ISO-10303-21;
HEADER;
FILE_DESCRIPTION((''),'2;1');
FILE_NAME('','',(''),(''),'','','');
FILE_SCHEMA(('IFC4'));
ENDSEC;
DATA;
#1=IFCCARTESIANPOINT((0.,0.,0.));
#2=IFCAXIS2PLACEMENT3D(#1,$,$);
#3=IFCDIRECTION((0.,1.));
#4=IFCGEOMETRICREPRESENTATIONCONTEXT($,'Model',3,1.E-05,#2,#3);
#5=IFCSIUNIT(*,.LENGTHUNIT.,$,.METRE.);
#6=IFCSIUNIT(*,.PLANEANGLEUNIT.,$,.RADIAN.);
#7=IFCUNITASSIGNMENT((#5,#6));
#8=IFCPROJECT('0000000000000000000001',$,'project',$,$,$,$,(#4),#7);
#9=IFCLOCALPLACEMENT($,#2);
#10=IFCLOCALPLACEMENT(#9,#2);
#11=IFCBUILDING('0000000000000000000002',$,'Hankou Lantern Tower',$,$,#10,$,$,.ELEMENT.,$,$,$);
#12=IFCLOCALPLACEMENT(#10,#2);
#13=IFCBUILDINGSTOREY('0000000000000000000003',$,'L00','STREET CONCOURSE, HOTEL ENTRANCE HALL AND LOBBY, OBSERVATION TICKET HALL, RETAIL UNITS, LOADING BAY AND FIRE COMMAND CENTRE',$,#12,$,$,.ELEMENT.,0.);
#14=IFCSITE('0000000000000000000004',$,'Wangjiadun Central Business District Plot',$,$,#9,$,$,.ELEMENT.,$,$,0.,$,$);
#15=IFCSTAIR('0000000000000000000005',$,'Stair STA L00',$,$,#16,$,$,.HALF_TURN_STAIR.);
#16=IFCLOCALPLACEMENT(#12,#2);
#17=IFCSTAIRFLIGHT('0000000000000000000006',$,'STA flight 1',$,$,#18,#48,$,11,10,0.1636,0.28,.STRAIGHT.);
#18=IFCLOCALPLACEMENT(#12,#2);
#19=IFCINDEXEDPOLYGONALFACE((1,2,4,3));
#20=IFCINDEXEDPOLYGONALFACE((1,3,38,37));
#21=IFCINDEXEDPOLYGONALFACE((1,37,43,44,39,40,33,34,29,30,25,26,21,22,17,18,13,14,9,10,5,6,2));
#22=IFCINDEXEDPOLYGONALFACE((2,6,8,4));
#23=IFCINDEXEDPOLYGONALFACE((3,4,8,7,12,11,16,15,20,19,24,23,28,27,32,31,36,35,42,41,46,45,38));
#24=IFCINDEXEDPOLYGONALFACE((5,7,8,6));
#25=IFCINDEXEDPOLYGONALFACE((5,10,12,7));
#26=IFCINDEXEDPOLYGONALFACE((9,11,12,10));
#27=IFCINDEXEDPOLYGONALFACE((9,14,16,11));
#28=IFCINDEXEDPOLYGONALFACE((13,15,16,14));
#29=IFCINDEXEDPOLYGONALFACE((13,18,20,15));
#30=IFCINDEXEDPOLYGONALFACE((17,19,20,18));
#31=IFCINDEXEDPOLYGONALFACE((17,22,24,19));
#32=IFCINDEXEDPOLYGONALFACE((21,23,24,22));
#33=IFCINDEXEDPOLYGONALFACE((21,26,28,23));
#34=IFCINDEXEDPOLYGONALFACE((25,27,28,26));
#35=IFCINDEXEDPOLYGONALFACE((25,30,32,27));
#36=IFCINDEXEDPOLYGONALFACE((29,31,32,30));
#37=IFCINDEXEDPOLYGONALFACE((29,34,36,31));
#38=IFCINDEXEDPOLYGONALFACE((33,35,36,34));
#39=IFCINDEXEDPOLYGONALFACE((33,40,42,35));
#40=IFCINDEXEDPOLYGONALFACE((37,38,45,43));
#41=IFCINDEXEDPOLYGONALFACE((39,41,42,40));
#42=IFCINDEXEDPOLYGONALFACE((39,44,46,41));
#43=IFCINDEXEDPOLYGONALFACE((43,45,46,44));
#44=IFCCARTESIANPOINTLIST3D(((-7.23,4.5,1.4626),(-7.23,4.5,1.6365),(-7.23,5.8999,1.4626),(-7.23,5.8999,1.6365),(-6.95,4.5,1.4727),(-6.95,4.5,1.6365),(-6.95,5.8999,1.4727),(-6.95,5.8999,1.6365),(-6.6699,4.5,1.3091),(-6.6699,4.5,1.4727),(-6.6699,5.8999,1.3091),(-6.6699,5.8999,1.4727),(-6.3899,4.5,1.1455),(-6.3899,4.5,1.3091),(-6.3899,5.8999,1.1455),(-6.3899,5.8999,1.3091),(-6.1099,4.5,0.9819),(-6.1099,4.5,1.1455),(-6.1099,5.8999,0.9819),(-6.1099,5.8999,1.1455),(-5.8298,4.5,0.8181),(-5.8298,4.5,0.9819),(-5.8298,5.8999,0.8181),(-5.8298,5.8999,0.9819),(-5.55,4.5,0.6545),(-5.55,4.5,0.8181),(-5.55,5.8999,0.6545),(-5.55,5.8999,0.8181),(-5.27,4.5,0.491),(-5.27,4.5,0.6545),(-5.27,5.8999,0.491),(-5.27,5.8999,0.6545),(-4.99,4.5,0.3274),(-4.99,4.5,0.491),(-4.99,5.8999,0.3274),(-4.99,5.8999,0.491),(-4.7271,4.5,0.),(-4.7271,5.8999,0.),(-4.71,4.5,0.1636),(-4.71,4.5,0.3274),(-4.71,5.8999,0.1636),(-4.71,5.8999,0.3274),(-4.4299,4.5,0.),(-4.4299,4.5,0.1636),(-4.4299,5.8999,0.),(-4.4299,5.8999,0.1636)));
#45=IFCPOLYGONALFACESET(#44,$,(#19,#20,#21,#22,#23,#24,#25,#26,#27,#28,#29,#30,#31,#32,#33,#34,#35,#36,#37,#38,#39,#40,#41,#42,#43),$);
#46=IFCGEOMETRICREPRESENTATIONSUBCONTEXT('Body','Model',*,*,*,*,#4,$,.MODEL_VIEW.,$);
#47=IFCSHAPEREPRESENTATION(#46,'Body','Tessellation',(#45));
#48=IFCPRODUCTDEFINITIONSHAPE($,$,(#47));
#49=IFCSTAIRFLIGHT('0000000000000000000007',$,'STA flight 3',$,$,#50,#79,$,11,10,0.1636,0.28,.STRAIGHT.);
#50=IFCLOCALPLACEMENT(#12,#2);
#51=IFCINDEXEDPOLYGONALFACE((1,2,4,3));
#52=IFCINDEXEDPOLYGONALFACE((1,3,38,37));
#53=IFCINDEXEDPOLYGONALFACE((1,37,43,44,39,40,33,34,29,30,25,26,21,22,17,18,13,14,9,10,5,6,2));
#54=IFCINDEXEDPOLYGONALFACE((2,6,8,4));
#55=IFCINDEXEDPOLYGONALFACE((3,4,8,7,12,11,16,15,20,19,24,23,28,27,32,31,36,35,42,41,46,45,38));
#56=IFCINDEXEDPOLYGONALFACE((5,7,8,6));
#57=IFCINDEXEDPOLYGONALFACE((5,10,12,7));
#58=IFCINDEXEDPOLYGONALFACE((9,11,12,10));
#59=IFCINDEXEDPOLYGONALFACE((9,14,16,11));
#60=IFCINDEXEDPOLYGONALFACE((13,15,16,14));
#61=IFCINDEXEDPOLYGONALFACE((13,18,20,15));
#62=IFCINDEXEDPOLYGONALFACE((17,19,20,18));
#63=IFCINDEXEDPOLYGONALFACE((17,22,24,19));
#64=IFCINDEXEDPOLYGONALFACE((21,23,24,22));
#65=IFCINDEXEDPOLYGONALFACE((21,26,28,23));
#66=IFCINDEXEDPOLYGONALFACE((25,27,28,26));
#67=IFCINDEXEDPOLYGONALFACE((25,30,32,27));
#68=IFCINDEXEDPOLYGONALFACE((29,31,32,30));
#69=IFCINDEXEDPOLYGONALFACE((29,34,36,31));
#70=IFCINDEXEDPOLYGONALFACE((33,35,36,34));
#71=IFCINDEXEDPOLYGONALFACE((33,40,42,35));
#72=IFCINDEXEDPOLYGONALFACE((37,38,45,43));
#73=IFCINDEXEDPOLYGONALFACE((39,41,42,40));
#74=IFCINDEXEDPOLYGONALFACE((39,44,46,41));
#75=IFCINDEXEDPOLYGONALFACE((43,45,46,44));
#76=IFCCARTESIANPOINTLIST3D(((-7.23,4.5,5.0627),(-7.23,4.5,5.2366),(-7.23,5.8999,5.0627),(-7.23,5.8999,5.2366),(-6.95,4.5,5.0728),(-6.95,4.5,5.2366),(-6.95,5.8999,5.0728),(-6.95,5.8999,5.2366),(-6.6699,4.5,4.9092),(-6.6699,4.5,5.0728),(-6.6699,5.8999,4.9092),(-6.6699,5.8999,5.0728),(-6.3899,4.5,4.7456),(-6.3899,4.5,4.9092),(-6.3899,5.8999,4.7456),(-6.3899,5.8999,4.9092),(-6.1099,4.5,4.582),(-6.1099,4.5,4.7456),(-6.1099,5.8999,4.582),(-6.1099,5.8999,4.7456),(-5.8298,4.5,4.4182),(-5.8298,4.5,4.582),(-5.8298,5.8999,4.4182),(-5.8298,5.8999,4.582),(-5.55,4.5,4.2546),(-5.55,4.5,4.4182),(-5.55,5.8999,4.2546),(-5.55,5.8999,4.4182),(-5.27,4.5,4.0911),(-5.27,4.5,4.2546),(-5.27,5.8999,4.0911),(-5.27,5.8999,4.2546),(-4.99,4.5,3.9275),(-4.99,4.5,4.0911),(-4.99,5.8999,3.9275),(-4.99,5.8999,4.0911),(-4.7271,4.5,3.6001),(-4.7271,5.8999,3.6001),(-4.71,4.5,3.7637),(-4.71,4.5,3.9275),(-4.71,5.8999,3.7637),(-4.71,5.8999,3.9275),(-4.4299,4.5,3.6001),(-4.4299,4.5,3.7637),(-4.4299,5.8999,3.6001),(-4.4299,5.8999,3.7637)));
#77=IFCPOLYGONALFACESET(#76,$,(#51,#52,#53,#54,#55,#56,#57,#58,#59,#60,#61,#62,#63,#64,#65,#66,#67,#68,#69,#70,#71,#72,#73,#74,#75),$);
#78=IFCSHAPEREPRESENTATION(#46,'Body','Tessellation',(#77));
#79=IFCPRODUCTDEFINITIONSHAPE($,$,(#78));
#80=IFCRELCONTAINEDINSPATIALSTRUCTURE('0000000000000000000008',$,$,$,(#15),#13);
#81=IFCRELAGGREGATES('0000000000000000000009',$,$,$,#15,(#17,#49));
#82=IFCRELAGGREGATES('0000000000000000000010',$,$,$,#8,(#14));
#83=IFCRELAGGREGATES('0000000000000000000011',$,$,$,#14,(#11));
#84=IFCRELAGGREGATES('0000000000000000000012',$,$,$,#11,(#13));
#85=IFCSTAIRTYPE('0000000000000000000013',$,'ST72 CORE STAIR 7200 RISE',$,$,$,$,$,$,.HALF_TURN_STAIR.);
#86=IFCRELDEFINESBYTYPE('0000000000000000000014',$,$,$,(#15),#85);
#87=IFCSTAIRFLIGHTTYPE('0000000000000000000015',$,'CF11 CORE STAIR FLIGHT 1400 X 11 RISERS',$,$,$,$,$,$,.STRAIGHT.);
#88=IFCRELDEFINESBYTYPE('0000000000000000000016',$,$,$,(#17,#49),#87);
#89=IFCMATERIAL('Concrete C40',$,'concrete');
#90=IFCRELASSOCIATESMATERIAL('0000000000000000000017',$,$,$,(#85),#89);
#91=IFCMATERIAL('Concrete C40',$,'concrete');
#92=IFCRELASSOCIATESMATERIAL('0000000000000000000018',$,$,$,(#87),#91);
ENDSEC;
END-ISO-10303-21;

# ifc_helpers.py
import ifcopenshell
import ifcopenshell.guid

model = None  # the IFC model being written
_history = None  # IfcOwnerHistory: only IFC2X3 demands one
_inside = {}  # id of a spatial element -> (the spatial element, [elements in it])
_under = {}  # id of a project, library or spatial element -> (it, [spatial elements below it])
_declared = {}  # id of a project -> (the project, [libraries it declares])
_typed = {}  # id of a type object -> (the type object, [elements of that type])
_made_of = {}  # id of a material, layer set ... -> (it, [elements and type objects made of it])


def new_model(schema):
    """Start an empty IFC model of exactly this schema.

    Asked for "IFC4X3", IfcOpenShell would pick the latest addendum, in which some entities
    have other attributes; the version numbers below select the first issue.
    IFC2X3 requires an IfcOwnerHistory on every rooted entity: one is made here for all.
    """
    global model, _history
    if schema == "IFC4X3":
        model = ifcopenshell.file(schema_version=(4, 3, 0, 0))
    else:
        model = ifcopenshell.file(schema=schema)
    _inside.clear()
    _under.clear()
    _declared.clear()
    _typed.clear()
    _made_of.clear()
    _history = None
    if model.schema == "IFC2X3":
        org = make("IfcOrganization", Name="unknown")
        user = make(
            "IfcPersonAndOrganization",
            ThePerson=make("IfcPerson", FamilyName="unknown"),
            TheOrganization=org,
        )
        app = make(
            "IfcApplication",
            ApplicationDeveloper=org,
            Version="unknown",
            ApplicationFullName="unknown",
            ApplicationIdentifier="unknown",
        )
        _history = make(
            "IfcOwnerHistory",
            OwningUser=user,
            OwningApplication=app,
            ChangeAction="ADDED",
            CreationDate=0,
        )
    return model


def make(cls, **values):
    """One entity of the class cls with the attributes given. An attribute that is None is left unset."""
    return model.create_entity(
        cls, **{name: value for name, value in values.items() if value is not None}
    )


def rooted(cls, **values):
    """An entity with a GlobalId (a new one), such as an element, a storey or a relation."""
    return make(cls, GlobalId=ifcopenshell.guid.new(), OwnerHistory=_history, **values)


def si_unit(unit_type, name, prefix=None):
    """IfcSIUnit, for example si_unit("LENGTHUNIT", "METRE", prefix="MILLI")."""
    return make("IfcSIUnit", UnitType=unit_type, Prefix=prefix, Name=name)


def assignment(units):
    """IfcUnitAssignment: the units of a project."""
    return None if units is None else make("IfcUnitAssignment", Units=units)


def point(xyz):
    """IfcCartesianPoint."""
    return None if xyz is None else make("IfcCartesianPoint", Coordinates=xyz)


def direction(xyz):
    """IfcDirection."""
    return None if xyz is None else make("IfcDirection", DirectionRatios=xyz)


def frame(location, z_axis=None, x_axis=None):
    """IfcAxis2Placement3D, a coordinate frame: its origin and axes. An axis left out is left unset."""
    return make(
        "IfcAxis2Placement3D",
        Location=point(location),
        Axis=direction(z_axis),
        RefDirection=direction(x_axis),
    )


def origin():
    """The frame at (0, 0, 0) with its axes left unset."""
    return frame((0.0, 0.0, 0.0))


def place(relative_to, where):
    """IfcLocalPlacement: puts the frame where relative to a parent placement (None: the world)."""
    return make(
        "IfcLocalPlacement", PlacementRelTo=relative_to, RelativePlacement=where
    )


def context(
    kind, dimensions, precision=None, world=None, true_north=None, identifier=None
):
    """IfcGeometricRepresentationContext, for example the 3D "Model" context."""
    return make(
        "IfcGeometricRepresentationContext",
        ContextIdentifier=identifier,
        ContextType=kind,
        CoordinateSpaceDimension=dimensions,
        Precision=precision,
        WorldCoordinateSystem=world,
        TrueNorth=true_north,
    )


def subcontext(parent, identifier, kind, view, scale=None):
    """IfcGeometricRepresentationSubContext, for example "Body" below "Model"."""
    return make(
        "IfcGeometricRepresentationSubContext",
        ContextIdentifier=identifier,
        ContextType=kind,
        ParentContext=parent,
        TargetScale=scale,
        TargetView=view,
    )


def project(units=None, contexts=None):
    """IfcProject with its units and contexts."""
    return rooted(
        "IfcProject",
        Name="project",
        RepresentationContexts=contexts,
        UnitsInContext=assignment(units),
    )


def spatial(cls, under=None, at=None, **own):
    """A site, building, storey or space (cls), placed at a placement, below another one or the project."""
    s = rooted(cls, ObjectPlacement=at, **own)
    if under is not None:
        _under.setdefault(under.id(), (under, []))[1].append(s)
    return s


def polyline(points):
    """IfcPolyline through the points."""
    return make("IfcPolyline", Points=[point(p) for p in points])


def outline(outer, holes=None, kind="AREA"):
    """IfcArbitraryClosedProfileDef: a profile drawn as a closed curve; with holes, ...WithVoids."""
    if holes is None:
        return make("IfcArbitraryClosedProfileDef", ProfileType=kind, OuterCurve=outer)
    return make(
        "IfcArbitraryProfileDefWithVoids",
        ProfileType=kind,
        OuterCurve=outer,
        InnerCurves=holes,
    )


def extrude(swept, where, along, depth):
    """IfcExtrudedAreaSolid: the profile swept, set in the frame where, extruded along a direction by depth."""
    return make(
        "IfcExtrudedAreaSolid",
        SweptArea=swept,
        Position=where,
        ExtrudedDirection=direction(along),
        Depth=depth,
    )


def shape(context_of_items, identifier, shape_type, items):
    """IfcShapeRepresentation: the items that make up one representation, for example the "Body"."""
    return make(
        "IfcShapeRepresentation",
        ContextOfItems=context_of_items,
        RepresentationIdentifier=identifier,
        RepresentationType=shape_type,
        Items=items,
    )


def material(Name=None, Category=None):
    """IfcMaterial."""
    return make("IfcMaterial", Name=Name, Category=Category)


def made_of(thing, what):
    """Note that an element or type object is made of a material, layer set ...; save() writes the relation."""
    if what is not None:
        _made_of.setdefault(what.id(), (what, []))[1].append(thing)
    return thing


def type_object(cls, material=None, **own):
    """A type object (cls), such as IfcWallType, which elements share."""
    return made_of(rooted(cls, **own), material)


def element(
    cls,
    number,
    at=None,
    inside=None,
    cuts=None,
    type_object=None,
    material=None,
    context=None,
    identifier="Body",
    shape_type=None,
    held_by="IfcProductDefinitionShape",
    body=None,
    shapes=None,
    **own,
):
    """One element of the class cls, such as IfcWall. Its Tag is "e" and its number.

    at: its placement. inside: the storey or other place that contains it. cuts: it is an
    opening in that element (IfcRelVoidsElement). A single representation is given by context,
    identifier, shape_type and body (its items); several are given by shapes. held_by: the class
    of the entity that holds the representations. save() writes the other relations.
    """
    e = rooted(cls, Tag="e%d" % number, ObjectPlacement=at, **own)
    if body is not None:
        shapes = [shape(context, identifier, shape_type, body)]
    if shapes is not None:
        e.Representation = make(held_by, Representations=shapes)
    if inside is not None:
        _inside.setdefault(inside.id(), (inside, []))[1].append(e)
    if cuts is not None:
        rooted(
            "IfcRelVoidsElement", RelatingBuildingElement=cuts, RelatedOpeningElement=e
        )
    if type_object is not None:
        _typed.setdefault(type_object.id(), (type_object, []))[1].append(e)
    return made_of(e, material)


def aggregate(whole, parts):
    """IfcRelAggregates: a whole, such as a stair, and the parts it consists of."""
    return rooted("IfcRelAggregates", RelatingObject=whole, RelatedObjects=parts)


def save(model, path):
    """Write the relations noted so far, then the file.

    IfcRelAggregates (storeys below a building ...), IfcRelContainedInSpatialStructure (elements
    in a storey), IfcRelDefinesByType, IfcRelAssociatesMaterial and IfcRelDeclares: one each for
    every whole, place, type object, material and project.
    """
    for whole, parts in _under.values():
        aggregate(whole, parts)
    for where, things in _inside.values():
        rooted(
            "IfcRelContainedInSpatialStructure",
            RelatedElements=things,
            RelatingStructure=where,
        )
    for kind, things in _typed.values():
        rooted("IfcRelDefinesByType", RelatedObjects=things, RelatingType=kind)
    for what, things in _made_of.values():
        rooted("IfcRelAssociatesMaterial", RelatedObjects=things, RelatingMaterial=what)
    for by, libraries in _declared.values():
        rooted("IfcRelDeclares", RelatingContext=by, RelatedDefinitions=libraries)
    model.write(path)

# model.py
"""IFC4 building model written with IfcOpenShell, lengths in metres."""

from ifc_helpers import new_model, si_unit, direction, frame, origin, place, context, subcontext, project, spatial, polyline, outline, extrude, material, type_object, element, aggregate, save


model = new_model("IFC4")

# Units and contexts
model_context = context("Model", 3, precision=1e-05, world=origin(), true_north=direction((0.0, 1.0)))
body_context = subcontext(model_context, "Body", "Model", "MODEL_VIEW")
ifc_project = project(units=[si_unit("LENGTHUNIT", "METRE"), si_unit("PLANEANGLEUNIT", "RADIAN")], contexts=[model_context])

# Site, building, storey
site_placement = place(None, origin())
site = spatial("IfcSite", under=ifc_project, at=site_placement, Name="Wangjiadun Central Business District Plot", CompositionType="ELEMENT", RefElevation=0.0)
building_placement = place(site_placement, origin())
building = spatial("IfcBuilding", under=site, at=building_placement, Name="Hankou Lantern Tower", CompositionType="ELEMENT")
storey_placement = place(building_placement, origin())
storey = spatial("IfcBuildingStorey", under=building, at=storey_placement, Name="L00", Description="STREET CONCOURSE, HOTEL ENTRANCE HALL AND LOBBY, OBSERVATION TICKET HALL, RETAIL UNITS, LOADING BAY AND FIRE COMMAND CENTRE", CompositionType="ELEMENT", Elevation=0.0)

# Stair, stair flights
ifc_material_1 = material(Name="Concrete C40", Category="concrete")
stair_type = type_object("IfcStairType", Name="ST72 CORE STAIR 7200 RISE", PredefinedType="HALF_TURN_STAIR", material=ifc_material_1)
stair_placement = place(storey_placement, origin())
stair = element("IfcStair", 1, at=stair_placement, inside=storey, type_object=stair_type, Name="Stair STA L00", PredefinedType="HALF_TURN_STAIR")
ifc_material_2 = material(Name="Concrete C40", Category="concrete")
stair_flight_type = type_object("IfcStairFlightType", Name="CF11 CORE STAIR FLIGHT 1400 X 11 RISERS", PredefinedType="STRAIGHT", material=ifc_material_2)
stair_flight_1_placement = place(storey_placement, frame((-4.4299, 5.2, 0.0), z_axis=(0.0, 0.0, 1.0), x_axis=(-1.0, 0.0, 0.0)))
stair_flight_1 = element("IfcStairFlight", 2, at=stair_flight_1_placement, type_object=stair_flight_type, Name="STA flight 1", NumberOfRisers=11, NumberOfTreads=10, PredefinedType="STRAIGHT", RiserHeight=0.1636, TreadLength=0.28, context=body_context, shape_type="SweptSolid", body=[
    extrude(outline(polyline([(0.0, 0.0), (0.0, 0.1636), (0.28, 0.1636), (0.28, 0.3274), (0.5601, 0.3274), (0.5601, 0.491), (0.8401, 0.491), (0.8401, 0.6545), (1.1201, 0.6545), (1.1201, 0.8181), (1.3999, 0.8181), (1.3999, 0.9819), (1.6799, 0.9819), (1.6799, 1.1455), (1.96, 1.1455), (1.96, 1.3091), (2.24, 1.3091), (2.24, 1.4727), (2.52, 1.4727), (2.52, 1.6365), (2.8, 1.6365), (2.8, 1.8), (2.8, 1.4626), (0.2971, 0.0), (0.0, 0.0)])), frame((0.0, 0.7, 0.0), z_axis=(0.0, -1.0, 0.0), x_axis=(1.0, 0.0, 0.0)), (0.0, 0.0, 1.0), 1.3999),
])
stair_flight_2_placement = place(storey_placement, frame((-4.4299, 5.2, 3.6001), z_axis=(0.0, 0.0, 1.0), x_axis=(-1.0, 0.0, 0.0)))
stair_flight_2 = element("IfcStairFlight", 3, at=stair_flight_2_placement, type_object=stair_flight_type, Name="STA flight 3", NumberOfRisers=11, NumberOfTreads=10, PredefinedType="STRAIGHT", RiserHeight=0.1636, TreadLength=0.28, context=body_context, shape_type="SweptSolid", body=[
    extrude(outline(polyline([(0.0, 0.0), (0.0, 0.1636), (0.28, 0.1636), (0.28, 0.3274), (0.5601, 0.3274), (0.5601, 0.491), (0.8401, 0.491), (0.8401, 0.6545), (1.1201, 0.6545), (1.1201, 0.8181), (1.3999, 0.8181), (1.3999, 0.9819), (1.6799, 0.9819), (1.6799, 1.1455), (1.96, 1.1455), (1.96, 1.3091), (2.24, 1.3091), (2.24, 1.4727), (2.52, 1.4727), (2.52, 1.6365), (2.8, 1.6365), (2.8, 1.8), (2.8, 1.4626), (0.2971, 0.0), (0.0, 0.0)])), frame((0.0, 0.7, 0.0), z_axis=(0.0, -1.0, 0.0), x_axis=(1.0, 0.0, 0.0)), (0.0, 0.0, 1.0), 1.3999),
])
aggregate(stair, [stair_flight_1, stair_flight_2])

save(model, "model.ifc")
